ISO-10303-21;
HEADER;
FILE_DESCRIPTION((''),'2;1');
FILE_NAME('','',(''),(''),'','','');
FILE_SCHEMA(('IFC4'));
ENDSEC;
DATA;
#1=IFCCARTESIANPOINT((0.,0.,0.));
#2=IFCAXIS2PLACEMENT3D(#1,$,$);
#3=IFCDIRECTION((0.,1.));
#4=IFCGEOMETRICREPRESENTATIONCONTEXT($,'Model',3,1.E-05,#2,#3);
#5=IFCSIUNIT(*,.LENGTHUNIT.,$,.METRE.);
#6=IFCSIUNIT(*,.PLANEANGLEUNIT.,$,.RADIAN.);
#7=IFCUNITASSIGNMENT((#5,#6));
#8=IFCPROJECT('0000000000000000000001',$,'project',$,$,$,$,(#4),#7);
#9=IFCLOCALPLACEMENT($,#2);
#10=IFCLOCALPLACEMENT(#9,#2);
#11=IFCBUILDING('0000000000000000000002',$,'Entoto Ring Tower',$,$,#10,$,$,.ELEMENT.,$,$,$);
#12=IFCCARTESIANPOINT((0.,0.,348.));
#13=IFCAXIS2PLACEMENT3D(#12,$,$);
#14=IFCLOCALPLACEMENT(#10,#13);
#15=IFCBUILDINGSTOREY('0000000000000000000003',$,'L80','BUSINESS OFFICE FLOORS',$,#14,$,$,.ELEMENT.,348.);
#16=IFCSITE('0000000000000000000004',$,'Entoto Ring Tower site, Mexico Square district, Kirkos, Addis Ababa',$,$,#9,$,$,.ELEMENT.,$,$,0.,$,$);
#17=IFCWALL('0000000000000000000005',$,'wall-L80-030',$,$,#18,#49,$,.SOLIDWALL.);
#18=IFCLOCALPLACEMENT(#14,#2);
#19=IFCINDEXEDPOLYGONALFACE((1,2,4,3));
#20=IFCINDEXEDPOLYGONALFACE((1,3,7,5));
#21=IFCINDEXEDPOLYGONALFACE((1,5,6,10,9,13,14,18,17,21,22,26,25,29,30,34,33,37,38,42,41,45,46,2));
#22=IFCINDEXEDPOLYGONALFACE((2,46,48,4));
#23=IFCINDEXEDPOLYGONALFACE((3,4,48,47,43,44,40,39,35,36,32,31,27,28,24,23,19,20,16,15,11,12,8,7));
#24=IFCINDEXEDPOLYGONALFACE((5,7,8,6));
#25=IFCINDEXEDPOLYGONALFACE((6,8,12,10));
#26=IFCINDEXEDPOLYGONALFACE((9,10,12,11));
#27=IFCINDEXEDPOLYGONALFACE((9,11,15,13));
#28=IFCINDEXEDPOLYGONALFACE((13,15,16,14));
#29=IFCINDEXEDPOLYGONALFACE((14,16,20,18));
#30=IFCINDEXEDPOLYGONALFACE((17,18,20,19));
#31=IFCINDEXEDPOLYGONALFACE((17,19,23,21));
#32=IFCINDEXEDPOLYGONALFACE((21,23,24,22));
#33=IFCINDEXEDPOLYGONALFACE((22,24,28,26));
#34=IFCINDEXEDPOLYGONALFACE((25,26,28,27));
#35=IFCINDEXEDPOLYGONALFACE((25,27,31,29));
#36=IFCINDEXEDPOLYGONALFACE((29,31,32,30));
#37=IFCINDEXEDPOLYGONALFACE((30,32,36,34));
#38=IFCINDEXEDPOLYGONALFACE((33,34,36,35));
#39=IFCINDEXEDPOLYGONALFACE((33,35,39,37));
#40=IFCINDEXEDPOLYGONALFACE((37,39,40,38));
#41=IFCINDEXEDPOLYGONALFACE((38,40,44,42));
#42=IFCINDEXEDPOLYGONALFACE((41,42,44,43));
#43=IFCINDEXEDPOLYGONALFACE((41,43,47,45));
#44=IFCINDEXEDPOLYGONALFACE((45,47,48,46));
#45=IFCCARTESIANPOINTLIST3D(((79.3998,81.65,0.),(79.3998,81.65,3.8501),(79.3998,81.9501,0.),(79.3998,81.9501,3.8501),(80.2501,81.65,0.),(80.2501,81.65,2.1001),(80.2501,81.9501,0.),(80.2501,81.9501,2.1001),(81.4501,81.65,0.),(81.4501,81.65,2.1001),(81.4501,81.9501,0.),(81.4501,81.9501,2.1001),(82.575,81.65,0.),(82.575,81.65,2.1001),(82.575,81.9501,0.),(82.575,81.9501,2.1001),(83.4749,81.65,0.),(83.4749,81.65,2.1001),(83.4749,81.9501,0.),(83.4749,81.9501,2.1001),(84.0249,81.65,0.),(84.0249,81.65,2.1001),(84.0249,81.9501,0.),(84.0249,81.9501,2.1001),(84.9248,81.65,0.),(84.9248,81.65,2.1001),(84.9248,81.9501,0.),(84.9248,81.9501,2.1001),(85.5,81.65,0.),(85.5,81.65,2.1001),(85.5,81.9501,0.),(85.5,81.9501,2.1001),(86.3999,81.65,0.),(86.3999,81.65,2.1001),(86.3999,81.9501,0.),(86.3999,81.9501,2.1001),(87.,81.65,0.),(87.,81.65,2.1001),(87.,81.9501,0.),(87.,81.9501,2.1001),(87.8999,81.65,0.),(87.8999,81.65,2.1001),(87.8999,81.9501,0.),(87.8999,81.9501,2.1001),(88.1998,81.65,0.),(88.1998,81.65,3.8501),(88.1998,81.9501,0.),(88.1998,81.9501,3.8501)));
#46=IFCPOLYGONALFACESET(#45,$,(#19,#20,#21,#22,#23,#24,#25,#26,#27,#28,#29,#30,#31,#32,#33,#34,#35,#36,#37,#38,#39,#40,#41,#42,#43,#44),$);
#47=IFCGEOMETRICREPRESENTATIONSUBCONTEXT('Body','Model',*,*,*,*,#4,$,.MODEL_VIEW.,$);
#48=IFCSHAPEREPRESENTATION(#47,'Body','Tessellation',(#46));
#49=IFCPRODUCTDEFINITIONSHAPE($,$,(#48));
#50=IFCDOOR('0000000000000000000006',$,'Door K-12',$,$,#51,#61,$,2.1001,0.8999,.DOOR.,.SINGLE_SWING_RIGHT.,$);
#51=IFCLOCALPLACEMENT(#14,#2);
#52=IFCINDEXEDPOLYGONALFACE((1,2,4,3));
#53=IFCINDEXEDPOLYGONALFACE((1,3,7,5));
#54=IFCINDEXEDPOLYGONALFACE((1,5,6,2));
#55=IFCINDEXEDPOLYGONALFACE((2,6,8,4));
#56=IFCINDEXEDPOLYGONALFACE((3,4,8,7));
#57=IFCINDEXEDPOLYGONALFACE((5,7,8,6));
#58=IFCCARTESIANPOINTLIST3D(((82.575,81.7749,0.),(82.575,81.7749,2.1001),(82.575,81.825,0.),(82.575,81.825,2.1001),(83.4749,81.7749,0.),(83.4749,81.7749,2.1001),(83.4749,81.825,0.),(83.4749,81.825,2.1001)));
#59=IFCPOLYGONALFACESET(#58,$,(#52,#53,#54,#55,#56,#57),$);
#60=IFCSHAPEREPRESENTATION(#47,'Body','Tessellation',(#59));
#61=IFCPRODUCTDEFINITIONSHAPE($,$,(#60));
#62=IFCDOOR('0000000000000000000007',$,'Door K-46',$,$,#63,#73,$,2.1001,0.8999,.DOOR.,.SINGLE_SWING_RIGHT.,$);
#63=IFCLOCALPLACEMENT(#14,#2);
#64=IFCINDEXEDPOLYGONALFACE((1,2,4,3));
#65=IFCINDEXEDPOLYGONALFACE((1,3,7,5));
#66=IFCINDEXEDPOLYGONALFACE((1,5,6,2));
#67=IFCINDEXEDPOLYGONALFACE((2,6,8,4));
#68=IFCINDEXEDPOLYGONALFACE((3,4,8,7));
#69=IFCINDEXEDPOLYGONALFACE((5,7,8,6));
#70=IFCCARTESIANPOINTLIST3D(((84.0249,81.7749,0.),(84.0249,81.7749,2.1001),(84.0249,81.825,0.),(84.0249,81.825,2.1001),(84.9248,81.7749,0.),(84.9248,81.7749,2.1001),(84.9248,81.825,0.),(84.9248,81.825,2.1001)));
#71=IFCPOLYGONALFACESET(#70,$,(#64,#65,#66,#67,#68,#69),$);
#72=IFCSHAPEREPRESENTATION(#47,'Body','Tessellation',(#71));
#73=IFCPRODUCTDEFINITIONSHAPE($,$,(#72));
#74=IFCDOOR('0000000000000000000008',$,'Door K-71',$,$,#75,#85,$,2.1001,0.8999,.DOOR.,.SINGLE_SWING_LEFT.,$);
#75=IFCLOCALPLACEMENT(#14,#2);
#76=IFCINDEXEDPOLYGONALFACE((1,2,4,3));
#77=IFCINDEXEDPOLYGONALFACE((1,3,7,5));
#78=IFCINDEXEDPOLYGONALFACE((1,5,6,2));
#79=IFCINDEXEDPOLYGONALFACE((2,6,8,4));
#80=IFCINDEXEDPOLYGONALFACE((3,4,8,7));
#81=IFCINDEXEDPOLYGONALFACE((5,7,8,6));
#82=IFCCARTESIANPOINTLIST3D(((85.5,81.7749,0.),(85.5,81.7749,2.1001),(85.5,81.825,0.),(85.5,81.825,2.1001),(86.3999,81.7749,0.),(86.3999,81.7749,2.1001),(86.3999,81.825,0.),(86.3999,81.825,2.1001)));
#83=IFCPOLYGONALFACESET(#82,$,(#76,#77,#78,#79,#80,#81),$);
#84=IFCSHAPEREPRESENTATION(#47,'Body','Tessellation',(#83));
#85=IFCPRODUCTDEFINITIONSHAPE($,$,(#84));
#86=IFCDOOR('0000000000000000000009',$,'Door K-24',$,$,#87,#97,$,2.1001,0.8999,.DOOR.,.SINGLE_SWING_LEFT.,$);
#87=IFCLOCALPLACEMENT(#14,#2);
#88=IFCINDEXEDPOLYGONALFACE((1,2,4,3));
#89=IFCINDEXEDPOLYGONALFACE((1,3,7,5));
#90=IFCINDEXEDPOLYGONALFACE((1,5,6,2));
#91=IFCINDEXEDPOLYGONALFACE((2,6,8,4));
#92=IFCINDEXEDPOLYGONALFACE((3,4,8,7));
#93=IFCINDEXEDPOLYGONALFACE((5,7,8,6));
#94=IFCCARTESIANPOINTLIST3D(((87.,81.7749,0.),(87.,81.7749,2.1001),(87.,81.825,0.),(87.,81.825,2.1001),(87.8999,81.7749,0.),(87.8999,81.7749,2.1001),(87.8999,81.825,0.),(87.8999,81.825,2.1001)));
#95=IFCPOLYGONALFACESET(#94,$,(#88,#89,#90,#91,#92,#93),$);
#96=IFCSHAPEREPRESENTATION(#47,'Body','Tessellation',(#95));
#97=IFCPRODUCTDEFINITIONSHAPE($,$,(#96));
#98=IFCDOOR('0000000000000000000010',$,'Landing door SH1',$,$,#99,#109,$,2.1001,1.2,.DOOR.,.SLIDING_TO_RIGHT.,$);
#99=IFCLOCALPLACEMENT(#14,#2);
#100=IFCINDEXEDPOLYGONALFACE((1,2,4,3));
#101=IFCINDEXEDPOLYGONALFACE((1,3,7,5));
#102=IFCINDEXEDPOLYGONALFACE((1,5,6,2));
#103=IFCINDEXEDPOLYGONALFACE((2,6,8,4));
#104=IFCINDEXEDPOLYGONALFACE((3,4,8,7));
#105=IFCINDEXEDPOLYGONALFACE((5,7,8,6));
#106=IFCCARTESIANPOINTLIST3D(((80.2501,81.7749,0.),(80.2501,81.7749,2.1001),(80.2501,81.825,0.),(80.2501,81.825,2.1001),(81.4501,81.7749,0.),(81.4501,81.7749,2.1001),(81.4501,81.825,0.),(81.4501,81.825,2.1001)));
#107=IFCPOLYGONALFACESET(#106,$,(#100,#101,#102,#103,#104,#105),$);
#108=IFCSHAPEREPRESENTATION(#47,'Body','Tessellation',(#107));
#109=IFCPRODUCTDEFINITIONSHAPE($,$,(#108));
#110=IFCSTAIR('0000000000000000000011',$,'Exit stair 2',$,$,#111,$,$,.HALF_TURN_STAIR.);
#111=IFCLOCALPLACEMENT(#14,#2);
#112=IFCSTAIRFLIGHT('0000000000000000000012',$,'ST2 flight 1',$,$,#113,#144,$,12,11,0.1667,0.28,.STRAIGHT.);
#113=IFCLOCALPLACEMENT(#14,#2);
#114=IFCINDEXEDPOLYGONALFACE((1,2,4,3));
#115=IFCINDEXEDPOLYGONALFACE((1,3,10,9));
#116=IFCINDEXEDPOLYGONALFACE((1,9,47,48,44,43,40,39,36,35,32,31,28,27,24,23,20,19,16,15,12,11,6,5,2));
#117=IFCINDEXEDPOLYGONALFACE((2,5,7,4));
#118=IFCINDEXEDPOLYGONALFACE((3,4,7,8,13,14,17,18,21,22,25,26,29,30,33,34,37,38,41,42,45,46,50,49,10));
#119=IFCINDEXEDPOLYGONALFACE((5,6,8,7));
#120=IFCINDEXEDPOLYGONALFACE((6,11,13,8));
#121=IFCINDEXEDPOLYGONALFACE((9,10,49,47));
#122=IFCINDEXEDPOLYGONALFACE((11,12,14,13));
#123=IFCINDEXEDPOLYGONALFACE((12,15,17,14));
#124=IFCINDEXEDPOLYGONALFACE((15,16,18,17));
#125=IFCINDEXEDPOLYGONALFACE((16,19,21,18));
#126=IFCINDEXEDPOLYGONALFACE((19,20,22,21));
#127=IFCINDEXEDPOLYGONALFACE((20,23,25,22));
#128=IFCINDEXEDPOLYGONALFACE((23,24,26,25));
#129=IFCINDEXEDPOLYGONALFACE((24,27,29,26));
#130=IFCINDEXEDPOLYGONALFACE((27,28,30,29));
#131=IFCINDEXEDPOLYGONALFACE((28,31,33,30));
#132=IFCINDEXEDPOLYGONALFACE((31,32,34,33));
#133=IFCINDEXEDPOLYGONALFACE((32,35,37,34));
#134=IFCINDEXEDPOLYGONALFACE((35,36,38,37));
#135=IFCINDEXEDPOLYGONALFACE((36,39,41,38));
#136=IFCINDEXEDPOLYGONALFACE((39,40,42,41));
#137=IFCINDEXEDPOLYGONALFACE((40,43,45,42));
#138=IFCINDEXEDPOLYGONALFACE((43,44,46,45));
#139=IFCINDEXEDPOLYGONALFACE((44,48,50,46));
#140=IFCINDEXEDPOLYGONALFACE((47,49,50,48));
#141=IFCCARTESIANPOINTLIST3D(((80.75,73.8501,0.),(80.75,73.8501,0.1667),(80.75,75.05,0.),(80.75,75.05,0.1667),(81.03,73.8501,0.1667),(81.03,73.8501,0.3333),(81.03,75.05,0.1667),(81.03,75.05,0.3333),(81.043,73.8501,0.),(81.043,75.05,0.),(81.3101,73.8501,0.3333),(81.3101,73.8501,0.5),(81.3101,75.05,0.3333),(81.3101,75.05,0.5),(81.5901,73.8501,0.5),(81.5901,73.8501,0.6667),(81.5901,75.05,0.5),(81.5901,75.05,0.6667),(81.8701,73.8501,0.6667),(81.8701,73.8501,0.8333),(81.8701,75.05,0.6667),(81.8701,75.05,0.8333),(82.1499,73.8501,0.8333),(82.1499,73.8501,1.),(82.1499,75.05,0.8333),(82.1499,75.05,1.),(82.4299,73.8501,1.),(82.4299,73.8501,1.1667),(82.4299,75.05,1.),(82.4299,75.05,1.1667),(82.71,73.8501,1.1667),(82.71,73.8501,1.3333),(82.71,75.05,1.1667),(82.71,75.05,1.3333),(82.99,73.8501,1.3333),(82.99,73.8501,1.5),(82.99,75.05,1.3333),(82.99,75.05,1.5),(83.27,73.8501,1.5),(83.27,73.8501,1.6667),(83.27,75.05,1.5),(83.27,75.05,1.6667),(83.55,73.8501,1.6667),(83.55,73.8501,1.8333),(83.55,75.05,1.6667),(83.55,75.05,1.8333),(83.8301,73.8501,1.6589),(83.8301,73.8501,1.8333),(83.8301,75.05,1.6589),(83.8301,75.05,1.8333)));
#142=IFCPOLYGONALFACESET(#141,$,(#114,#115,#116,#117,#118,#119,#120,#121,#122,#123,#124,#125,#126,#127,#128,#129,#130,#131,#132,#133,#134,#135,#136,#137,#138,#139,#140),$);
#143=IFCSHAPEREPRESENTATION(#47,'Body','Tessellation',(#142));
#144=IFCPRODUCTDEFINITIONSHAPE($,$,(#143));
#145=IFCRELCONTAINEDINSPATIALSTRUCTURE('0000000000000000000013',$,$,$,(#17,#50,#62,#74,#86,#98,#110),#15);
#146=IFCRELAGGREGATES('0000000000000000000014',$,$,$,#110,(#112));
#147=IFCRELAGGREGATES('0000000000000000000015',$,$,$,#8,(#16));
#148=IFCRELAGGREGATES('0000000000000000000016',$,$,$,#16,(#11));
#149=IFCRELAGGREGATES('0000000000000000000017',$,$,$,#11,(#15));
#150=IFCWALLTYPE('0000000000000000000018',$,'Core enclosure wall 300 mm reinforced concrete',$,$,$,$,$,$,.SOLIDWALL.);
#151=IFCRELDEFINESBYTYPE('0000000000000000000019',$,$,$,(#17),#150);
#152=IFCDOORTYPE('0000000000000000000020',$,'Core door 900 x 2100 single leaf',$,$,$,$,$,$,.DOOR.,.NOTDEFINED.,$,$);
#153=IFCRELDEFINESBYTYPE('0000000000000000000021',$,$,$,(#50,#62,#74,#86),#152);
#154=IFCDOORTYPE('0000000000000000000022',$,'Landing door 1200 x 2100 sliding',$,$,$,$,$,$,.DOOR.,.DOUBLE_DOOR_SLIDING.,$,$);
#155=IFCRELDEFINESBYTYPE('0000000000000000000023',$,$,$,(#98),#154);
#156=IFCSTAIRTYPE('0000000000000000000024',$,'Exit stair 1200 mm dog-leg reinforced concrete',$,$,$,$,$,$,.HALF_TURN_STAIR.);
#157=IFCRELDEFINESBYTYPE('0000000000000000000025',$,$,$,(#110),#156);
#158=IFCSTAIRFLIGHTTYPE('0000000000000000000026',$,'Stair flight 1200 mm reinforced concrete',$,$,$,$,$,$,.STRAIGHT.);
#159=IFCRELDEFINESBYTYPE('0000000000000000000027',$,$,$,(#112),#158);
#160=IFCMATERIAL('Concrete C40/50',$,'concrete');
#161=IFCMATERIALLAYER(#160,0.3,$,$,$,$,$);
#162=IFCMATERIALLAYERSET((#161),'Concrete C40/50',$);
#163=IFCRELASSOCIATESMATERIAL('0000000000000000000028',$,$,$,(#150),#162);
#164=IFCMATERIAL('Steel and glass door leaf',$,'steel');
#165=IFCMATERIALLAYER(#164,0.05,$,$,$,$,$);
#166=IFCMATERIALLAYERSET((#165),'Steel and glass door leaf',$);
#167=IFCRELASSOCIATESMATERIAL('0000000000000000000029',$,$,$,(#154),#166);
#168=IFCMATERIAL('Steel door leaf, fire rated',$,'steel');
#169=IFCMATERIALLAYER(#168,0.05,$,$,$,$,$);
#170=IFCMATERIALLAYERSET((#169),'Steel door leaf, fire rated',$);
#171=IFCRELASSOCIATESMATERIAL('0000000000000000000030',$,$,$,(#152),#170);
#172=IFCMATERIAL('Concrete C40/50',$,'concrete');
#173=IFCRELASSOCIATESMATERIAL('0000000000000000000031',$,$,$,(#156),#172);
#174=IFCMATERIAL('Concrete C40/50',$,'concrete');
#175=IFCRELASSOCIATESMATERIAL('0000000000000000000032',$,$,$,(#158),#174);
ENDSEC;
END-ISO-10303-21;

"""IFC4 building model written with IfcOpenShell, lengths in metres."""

from ifc_helpers import new_model, si_unit, direction, frame, frame_2d, origin, place, context, subcontext, project, spatial, polyline, rectangle, outline, extrude, material, layer, layer_set, type_object, element, fill, aggregate, save


model = new_model("IFC4")

# Units and contexts
model_context = context("Model", 3, precision=1e-05, world=origin(), true_north=direction((0.0, 1.0)))
body_context = subcontext(model_context, "Body", "Model", "MODEL_VIEW")
ifc_project = project(units=[si_unit("LENGTHUNIT", "METRE"), si_unit("PLANEANGLEUNIT", "RADIAN")], contexts=[model_context])

# Site, building, storey
site_placement = place(None, origin())
site = spatial("IfcSite", under=ifc_project, at=site_placement, Name="Entoto Ring Tower site, Mexico Square district, Kirkos, Addis Ababa", CompositionType="ELEMENT", RefElevation=0.0)
building_placement = place(site_placement, origin())
building = spatial("IfcBuilding", under=site, at=building_placement, Name="Entoto Ring Tower", CompositionType="ELEMENT")
storey_placement = place(building_placement, frame((0.0, 0.0, 348.0)))
storey = spatial("IfcBuildingStorey", under=building, at=storey_placement, Name="L80", Description="BUSINESS OFFICE FLOORS", CompositionType="ELEMENT", Elevation=348.0)

# Shared definitions
ifc_material_1 = material(Name="Concrete C40/50", Category="concrete")
ifc_layer_1 = layer(ifc_material_1, 0.3)
ifc_layer_set_1 = layer_set([ifc_layer_1], Name="Concrete C40/50")
wall_type = type_object("IfcWallType", Name="Core enclosure wall 300 mm reinforced concrete", PredefinedType="SOLIDWALL", material=ifc_layer_set_1)
ifc_material_2 = material(Name="Steel and glass door leaf", Category="steel")
ifc_layer_2 = layer(ifc_material_2, 0.05)
ifc_layer_set_2 = layer_set([ifc_layer_2], Name="Steel and glass door leaf")
door_type_1 = type_object("IfcDoorType", Name="Landing door 1200 x 2100 sliding", OperationType="DOUBLE_DOOR_SLIDING", PredefinedType="DOOR", material=ifc_layer_set_2)

# Wall, openings, doors
ifc_material_3 = material(Name="Steel door leaf, fire rated", Category="steel")
ifc_layer_3 = layer(ifc_material_3, 0.05)
ifc_layer_set_3 = layer_set([ifc_layer_3], Name="Steel door leaf, fire rated")
door_type_2 = type_object("IfcDoorType", Name="Core door 900 x 2100 single leaf", OperationType="NOTDEFINED", PredefinedType="DOOR", material=ifc_layer_set_3)
wall_1_placement = place(storey_placement, frame((79.3999, 81.8, 0.0), z_axis=(0.0, 0.0, 1.0), x_axis=(1.0, 0.0, 0.0)))
wall_1 = element("IfcWall", 1, at=wall_1_placement, inside=storey, type_object=wall_type, Name="wall-L80-030", PredefinedType="SOLIDWALL", context=body_context, shape_type="SweptSolid", body=[
    extrude(rectangle(XDim=8.8, YDim=0.3, at=frame_2d((4.3999, 0.0))), origin(), (0.0, 0.0, 1.0), 3.8501),
])
opening_1_placement = place(wall_1_placement, frame((0.8501, 0.0, 0.0)))
opening_1 = element("IfcOpeningElement", 2, at=opening_1_placement, cuts=wall_1, PredefinedType="OPENING", context=body_context, shape_type="SweptSolid", body=[
    extrude(rectangle(XDim=1.2, YDim=2.1001, at=frame_2d((0.6001, 1.05))), frame((0.0, 0.1602, 0.0), z_axis=(0.0, -1.0, 0.0), x_axis=(1.0, 0.0, 0.0)), (0.0, 0.0, 1.0), 0.3201),
])
opening_2_placement = place(wall_1_placement, frame((3.175, 0.0, 0.0)))
opening_2 = element("IfcOpeningElement", 3, at=opening_2_placement, cuts=wall_1, PredefinedType="OPENING", context=body_context, shape_type="SweptSolid", body=[
    extrude(rectangle(XDim=0.8999, YDim=2.1001, at=frame_2d((0.45, 1.05))), frame((0.0, 0.1602, 0.0), z_axis=(0.0, -1.0, 0.0), x_axis=(1.0, 0.0, 0.0)), (0.0, 0.0, 1.0), 0.3201),
])
opening_3_placement = place(wall_1_placement, frame((4.625, 0.0, 0.0)))
opening_3 = element("IfcOpeningElement", 4, at=opening_3_placement, cuts=wall_1, PredefinedType="OPENING", context=body_context, shape_type="SweptSolid", body=[
    extrude(rectangle(XDim=0.8999, YDim=2.1001, at=frame_2d((0.45, 1.05))), frame((0.0, 0.1602, 0.0), z_axis=(0.0, -1.0, 0.0), x_axis=(1.0, 0.0, 0.0)), (0.0, 0.0, 1.0), 0.3201),
])
opening_4_placement = place(wall_1_placement, frame((6.1001, 0.0, 0.0)))
opening_4 = element("IfcOpeningElement", 5, at=opening_4_placement, cuts=wall_1, PredefinedType="OPENING", context=body_context, shape_type="SweptSolid", body=[
    extrude(rectangle(XDim=0.8999, YDim=2.1001, at=frame_2d((0.45, 1.05))), frame((0.0, 0.1602, 0.0), z_axis=(0.0, -1.0, 0.0), x_axis=(1.0, 0.0, 0.0)), (0.0, 0.0, 1.0), 0.3201),
])
opening_5_placement = place(wall_1_placement, frame((7.6001, 0.0, 0.0)))
opening_5 = element("IfcOpeningElement", 6, at=opening_5_placement, cuts=wall_1, PredefinedType="OPENING", context=body_context, shape_type="SweptSolid", body=[
    extrude(rectangle(XDim=0.8999, YDim=2.1001, at=frame_2d((0.45, 1.05))), frame((0.0, 0.1602, 0.0), z_axis=(0.0, -1.0, 0.0), x_axis=(1.0, 0.0, 0.0)), (0.0, 0.0, 1.0), 0.3201),
])
door_1_placement = place(opening_2_placement, origin())
door_1 = element("IfcDoor", 7, at=door_1_placement, inside=storey, type_object=door_type_2, Name="Door K-12", OperationType="SINGLE_SWING_RIGHT", OverallHeight=2.1001, OverallWidth=0.8999, PredefinedType="DOOR", context=body_context, shape_type="SweptSolid", body=[
    extrude(rectangle(XDim=0.8999, YDim=2.1001, at=frame_2d((0.45, 1.05))), frame((0.0, 0.0249, 0.0), z_axis=(0.0, -1.0, 0.0), x_axis=(1.0, 0.0, 0.0)), (0.0, 0.0, 1.0), 0.05),
])
fill(opening_2, door_1)
door_2_placement = place(opening_3_placement, origin())
door_2 = element("IfcDoor", 8, at=door_2_placement, inside=storey, type_object=door_type_2, Name="Door K-46", OperationType="SINGLE_SWING_RIGHT", OverallHeight=2.1001, OverallWidth=0.8999, PredefinedType="DOOR", context=body_context, shape_type="SweptSolid", body=[
    extrude(rectangle(XDim=0.8999, YDim=2.1001, at=frame_2d((0.45, 1.05))), frame((0.0, 0.0249, 0.0), z_axis=(0.0, -1.0, 0.0), x_axis=(1.0, 0.0, 0.0)), (0.0, 0.0, 1.0), 0.05),
])
fill(opening_3, door_2)
door_3_placement = place(opening_4_placement, origin())
door_3 = element("IfcDoor", 9, at=door_3_placement, inside=storey, type_object=door_type_2, Name="Door K-71", OperationType="SINGLE_SWING_LEFT", OverallHeight=2.1001, OverallWidth=0.8999, PredefinedType="DOOR", context=body_context, shape_type="SweptSolid", body=[
    extrude(rectangle(XDim=0.8999, YDim=2.1001, at=frame_2d((0.45, 1.05))), frame((0.0, 0.0249, 0.0), z_axis=(0.0, -1.0, 0.0), x_axis=(1.0, 0.0, 0.0)), (0.0, 0.0, 1.0), 0.05),
])
fill(opening_4, door_3)
door_4_placement = place(opening_5_placement, origin())
door_4 = element("IfcDoor", 10, at=door_4_placement, inside=storey, type_object=door_type_2, Name="Door K-24", OperationType="SINGLE_SWING_LEFT", OverallHeight=2.1001, OverallWidth=0.8999, PredefinedType="DOOR", context=body_context, shape_type="SweptSolid", body=[
    extrude(rectangle(XDim=0.8999, YDim=2.1001, at=frame_2d((0.45, 1.05))), frame((0.0, 0.0249, 0.0), z_axis=(0.0, -1.0, 0.0), x_axis=(1.0, 0.0, 0.0)), (0.0, 0.0, 1.0), 0.05),
])
fill(opening_5, door_4)
door_5_placement = place(opening_1_placement, origin())
door_5 = element("IfcDoor", 11, at=door_5_placement, inside=storey, type_object=door_type_1, Name="Landing door SH1", OperationType="SLIDING_TO_RIGHT", OverallHeight=2.1001, OverallWidth=1.2, PredefinedType="DOOR", context=body_context, shape_type="SweptSolid", body=[
    extrude(rectangle(XDim=1.2, YDim=2.1001, at=frame_2d((0.6001, 1.05))), frame((0.0, 0.0249, 0.0), z_axis=(0.0, -1.0, 0.0), x_axis=(1.0, 0.0, 0.0)), (0.0, 0.0, 1.0), 0.05),
])
fill(opening_1, door_5)

# Stair, stair flight
ifc_material_4 = material(Name="Concrete C40/50", Category="concrete")
stair_type = type_object("IfcStairType", Name="Exit stair 1200 mm dog-leg reinforced concrete", PredefinedType="HALF_TURN_STAIR", material=ifc_material_4)
stair_placement = place(storey_placement, origin())
stair = element("IfcStair", 12, at=stair_placement, inside=storey, type_object=stair_type, Name="Exit stair 2", PredefinedType="HALF_TURN_STAIR")
ifc_material_5 = material(Name="Concrete C40/50", Category="concrete")
stair_flight_type = type_object("IfcStairFlightType", Name="Stair flight 1200 mm reinforced concrete", PredefinedType="STRAIGHT", material=ifc_material_5)
stair_flight_1_placement = place(storey_placement, frame((80.75, 74.45, 0.0), z_axis=(0.0, 0.0, 1.0), x_axis=(1.0, 0.0, 0.0)))
stair_flight_1 = element("IfcStairFlight", 13, at=stair_flight_1_placement, type_object=stair_flight_type, Name="ST2 flight 1", NumberOfRisers=12, NumberOfTreads=11, PredefinedType="STRAIGHT", RiserHeight=0.1667, TreadLength=0.28, context=body_context, shape_type="SweptSolid", body=[
    extrude(outline(polyline([(0.0, 0.0), (0.0, 0.1667), (0.28, 0.1667), (0.28, 0.3333), (0.5601, 0.3333), (0.5601, 0.5), (0.8401, 0.5), (0.8401, 0.6667), (1.1201, 0.6667), (1.1201, 0.8333), (1.3999, 0.8333), (1.3999, 1.0), (1.6799, 1.0), (1.6799, 1.1667), (1.96, 1.1667), (1.96, 1.3333), (2.24, 1.3333), (2.24, 1.5), (2.52, 1.5), (2.52, 1.6667), (2.8, 1.6667), (2.8, 1.8333), (3.0801, 1.8333), (3.0801, 2.0), (3.0801, 1.6589), (0.293, 0.0), (0.0, 0.0)])), frame((0.0, 0.6001, 0.0), z_axis=(0.0, -1.0, 0.0), x_axis=(1.0, 0.0, 0.0)), (0.0, 0.0, 1.0), 1.2),
])
aggregate(stair, [stair_flight_1])

save(model, "model.ifc")
